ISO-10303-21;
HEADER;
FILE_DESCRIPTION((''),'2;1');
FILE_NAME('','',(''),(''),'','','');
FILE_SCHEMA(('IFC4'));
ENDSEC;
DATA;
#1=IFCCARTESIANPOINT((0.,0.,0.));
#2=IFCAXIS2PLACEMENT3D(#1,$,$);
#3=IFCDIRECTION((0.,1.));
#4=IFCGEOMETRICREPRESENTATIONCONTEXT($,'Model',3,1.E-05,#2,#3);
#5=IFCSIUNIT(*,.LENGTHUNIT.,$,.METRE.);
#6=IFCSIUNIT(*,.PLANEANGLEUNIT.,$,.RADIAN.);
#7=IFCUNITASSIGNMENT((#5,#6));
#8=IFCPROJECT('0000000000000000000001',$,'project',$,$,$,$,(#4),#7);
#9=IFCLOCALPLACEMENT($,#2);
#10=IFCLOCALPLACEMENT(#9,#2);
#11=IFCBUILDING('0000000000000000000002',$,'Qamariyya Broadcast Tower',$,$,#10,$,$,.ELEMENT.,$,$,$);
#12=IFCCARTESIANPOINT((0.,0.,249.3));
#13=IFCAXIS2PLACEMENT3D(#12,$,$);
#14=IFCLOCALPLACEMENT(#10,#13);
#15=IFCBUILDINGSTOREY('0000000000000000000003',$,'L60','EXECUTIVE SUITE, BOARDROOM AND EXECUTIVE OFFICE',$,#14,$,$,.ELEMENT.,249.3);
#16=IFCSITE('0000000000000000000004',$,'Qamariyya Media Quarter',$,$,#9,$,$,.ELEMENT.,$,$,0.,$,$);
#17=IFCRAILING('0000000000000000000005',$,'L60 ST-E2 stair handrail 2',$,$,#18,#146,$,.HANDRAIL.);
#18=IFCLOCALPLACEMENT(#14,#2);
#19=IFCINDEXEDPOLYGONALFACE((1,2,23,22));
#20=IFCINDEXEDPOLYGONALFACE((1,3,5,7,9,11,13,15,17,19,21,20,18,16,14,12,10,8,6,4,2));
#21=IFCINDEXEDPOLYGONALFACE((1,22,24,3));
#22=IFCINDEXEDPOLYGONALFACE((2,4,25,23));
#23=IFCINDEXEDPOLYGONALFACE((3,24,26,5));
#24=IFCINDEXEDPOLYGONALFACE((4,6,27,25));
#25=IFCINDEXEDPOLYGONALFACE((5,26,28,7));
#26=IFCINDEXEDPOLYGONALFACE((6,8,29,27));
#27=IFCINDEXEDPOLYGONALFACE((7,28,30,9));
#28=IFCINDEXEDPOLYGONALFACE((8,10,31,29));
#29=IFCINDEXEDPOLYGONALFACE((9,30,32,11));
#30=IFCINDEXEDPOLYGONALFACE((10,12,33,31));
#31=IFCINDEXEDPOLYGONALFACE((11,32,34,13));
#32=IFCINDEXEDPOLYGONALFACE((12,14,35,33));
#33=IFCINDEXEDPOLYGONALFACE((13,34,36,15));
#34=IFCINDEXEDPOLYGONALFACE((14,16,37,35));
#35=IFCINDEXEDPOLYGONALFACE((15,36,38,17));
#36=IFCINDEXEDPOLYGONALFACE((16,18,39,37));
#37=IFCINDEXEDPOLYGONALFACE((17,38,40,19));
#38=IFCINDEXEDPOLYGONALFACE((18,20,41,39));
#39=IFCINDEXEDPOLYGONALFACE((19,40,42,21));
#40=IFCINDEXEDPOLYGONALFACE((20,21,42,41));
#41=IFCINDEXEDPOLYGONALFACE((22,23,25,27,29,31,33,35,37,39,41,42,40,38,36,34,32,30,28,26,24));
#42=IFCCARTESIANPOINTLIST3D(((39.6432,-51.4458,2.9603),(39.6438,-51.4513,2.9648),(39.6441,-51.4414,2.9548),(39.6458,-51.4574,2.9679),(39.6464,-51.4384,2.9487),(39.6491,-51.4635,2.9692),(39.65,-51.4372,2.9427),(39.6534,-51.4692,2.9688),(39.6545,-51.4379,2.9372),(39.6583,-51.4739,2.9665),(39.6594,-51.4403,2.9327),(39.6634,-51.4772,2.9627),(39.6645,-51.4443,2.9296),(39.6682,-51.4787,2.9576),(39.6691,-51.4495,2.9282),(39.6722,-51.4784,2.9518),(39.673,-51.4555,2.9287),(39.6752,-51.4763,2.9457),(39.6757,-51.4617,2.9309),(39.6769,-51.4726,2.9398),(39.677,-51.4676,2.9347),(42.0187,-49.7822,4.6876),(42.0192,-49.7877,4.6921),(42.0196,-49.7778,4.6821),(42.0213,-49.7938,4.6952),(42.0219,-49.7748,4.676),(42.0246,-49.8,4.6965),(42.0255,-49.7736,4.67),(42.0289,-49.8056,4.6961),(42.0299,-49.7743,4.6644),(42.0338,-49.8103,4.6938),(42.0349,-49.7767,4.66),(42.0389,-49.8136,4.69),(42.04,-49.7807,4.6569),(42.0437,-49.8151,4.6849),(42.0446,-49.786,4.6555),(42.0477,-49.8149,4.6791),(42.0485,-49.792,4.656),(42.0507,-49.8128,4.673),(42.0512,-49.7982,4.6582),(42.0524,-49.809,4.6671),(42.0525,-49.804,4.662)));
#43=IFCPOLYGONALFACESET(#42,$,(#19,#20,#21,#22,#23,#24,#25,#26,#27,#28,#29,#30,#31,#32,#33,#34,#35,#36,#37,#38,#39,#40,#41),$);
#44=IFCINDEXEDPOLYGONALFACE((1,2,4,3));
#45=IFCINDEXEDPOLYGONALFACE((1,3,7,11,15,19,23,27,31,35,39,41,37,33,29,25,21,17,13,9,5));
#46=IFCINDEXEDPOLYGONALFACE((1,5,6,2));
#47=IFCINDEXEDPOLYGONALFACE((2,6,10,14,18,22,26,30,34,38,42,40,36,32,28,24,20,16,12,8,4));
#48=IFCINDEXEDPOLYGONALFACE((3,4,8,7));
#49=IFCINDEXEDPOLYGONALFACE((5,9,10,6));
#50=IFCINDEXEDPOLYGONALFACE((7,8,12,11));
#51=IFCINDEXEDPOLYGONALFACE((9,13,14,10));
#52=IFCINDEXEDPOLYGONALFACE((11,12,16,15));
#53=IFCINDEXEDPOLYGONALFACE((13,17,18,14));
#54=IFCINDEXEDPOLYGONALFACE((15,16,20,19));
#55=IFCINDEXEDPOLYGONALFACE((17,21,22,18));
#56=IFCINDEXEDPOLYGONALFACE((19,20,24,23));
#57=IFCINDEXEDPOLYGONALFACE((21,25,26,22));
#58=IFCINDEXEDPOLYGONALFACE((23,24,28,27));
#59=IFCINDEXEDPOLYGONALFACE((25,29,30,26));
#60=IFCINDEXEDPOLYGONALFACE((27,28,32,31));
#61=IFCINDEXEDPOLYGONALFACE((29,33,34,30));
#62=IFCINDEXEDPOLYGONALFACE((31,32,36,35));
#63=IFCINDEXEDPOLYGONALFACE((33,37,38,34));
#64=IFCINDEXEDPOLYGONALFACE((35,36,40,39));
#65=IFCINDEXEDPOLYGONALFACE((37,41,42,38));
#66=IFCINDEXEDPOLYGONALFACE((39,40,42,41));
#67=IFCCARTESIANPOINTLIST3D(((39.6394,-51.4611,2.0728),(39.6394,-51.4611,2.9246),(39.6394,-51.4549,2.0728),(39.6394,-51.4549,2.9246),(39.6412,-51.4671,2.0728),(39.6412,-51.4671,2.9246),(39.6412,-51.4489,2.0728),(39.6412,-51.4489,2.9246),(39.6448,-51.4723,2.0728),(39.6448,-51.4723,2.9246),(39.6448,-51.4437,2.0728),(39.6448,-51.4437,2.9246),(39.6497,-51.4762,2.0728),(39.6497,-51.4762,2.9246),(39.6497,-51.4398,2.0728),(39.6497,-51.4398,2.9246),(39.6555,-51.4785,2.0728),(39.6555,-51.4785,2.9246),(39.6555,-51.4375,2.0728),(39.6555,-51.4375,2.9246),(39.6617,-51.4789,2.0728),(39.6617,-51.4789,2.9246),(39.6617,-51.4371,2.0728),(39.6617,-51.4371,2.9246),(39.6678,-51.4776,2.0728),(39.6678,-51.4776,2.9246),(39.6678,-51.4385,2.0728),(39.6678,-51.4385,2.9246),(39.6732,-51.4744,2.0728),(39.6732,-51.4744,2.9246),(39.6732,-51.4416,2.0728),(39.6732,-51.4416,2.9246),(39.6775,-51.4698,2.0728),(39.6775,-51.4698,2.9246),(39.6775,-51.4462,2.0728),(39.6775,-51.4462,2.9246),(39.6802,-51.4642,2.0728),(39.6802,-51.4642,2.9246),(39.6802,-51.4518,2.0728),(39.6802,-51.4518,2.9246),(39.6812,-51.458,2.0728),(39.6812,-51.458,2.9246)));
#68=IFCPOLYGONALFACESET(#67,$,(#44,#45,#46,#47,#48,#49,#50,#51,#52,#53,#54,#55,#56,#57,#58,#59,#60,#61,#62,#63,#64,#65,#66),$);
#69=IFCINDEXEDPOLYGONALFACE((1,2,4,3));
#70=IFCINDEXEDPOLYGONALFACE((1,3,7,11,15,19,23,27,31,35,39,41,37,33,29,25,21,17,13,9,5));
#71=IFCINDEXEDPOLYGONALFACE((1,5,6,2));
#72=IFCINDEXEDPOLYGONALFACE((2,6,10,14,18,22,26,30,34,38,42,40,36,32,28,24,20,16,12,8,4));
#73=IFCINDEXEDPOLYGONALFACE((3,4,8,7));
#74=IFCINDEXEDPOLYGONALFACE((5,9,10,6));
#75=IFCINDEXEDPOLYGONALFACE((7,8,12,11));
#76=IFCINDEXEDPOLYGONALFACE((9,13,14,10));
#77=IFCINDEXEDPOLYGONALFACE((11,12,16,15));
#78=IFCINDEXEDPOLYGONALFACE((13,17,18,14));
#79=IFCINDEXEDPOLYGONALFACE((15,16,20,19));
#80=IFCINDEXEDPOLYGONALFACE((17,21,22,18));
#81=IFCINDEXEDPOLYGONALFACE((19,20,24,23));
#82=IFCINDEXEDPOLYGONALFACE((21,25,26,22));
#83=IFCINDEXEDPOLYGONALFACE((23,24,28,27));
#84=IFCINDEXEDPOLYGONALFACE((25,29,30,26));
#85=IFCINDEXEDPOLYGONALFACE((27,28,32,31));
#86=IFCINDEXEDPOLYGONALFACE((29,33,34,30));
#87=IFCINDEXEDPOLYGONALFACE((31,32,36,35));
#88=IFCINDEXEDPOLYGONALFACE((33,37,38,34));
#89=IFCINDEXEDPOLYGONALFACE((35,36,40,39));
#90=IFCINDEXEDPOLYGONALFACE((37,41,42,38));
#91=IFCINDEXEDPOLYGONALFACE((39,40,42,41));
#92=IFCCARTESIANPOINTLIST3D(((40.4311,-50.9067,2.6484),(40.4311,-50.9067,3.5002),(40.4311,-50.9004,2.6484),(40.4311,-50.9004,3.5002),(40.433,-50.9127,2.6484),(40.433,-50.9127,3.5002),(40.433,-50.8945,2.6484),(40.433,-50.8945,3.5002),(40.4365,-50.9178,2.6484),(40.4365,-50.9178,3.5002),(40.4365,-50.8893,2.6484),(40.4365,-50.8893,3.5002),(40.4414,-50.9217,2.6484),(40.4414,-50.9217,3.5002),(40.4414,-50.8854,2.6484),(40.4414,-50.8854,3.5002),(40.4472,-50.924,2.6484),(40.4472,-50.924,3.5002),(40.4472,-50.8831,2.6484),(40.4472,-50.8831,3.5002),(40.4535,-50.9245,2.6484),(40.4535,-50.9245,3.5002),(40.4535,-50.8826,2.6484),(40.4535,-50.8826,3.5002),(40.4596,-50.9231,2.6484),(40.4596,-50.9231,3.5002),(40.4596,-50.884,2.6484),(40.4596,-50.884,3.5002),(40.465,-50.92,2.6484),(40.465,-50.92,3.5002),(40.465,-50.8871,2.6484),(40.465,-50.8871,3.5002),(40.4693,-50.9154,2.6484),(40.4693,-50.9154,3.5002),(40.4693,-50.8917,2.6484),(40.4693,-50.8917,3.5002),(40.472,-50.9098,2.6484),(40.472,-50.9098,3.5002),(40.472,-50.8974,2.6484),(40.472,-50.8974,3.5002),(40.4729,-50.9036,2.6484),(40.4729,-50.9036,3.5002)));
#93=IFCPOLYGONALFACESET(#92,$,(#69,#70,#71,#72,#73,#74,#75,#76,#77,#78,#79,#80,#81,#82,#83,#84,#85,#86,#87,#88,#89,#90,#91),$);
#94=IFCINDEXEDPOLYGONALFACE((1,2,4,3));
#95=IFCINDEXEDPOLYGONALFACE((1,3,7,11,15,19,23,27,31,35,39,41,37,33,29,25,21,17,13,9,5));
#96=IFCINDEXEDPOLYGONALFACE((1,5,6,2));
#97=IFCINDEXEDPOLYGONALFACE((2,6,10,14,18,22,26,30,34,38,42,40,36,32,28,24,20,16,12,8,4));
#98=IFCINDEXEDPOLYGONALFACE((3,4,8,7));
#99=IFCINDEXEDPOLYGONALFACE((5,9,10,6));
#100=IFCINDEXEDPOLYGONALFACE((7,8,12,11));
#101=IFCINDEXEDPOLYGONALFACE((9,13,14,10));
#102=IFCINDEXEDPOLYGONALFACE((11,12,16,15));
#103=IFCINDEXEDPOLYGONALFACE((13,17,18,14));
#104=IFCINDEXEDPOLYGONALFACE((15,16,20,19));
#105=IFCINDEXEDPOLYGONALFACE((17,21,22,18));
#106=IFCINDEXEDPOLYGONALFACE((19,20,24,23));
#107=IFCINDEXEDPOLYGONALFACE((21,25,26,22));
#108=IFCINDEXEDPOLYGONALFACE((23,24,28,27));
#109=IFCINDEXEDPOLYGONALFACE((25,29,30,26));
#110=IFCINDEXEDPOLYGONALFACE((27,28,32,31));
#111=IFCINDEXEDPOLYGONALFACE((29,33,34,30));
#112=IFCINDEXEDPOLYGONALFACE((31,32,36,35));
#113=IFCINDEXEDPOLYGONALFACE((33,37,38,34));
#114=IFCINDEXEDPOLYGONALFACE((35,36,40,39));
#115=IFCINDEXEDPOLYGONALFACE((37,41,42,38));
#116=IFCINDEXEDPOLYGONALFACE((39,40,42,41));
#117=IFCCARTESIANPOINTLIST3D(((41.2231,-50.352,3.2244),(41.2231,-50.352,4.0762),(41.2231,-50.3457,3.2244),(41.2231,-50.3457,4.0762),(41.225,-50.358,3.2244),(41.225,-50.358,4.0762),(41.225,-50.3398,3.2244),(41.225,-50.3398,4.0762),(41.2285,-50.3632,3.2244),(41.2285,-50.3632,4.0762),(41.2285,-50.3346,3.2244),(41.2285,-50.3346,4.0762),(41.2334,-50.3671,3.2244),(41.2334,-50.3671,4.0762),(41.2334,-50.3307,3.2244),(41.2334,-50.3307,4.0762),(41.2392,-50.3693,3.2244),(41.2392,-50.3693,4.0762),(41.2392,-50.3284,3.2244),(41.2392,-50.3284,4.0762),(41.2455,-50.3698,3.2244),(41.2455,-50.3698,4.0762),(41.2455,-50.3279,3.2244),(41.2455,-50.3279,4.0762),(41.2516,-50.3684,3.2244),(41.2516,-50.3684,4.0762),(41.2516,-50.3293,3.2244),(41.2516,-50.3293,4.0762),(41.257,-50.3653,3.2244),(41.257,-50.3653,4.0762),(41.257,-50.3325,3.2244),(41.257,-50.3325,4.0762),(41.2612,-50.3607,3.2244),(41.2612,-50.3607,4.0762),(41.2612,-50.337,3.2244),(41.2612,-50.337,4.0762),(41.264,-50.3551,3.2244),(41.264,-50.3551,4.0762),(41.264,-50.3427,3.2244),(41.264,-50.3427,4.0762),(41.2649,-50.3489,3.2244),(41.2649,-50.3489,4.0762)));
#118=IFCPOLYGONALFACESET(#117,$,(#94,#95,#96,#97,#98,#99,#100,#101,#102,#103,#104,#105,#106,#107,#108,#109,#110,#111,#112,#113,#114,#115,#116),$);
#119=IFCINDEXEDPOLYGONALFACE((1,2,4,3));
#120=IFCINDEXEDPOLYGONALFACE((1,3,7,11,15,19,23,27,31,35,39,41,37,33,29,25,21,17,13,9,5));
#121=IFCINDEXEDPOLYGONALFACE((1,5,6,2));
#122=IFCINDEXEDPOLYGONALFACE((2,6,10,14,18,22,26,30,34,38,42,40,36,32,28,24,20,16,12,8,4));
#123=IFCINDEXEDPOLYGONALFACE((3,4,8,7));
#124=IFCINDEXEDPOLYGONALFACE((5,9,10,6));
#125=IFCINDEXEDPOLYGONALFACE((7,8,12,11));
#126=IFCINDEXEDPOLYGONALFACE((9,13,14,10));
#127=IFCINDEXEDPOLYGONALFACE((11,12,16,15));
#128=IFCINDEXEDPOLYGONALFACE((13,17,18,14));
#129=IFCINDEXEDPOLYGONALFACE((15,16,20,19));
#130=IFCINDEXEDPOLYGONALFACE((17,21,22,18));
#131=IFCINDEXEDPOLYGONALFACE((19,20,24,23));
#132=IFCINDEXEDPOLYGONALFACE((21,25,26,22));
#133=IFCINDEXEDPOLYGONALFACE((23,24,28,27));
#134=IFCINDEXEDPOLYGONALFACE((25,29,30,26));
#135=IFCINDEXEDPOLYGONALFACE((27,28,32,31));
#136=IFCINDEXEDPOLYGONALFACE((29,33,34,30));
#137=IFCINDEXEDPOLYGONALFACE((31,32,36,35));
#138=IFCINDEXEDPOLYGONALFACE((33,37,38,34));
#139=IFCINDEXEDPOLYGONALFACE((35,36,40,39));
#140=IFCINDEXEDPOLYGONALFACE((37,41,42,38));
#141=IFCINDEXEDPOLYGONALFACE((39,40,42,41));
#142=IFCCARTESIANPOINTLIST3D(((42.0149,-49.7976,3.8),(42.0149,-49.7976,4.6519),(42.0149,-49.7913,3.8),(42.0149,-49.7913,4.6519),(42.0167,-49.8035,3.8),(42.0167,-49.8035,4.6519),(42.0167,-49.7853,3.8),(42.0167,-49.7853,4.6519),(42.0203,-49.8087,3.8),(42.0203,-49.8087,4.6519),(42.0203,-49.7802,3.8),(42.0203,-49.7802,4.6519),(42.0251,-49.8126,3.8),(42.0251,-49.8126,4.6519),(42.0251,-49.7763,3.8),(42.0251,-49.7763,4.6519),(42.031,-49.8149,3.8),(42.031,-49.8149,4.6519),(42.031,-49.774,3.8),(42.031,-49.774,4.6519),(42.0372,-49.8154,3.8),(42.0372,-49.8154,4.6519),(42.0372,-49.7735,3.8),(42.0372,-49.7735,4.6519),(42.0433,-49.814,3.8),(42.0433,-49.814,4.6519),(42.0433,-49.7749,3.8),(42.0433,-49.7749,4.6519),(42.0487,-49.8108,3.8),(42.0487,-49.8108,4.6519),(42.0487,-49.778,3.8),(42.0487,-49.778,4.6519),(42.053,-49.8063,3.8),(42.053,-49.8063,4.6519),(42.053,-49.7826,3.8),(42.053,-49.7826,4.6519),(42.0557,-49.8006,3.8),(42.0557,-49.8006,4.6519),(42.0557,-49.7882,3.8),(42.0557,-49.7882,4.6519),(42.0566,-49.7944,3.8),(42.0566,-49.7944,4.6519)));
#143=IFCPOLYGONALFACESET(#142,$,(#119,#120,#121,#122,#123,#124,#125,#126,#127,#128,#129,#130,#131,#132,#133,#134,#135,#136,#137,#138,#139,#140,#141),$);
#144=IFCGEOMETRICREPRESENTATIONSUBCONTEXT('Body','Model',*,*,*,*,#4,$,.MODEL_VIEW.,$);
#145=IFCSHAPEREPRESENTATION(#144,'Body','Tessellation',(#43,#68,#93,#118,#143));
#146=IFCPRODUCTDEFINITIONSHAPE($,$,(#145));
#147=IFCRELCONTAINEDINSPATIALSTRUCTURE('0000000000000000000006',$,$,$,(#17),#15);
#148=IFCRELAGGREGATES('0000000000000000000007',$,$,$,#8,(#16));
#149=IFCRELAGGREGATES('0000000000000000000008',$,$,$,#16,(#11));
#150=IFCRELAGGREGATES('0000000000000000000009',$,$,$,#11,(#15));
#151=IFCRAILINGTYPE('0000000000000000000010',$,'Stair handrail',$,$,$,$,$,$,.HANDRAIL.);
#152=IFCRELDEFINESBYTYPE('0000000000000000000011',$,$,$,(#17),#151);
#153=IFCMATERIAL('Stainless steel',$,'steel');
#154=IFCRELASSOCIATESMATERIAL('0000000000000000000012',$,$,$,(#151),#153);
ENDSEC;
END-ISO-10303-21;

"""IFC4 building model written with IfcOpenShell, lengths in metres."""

from ifc_helpers import new_model, si_unit, direction, frame, origin, origin_2d, place, context, subcontext, project, spatial, circle, extrude, material, type_object, element, save


model = new_model("IFC4")

# Units and contexts
model_context = context("Model", 3, precision=1e-05, world=origin(), true_north=direction((0.0, 1.0)))
body_context = subcontext(model_context, "Body", "Model", "MODEL_VIEW")
ifc_project = project(units=[si_unit("LENGTHUNIT", "METRE"), si_unit("PLANEANGLEUNIT", "RADIAN")], contexts=[model_context])

# Site, building, storey
site_placement = place(None, origin())
site = spatial("IfcSite", under=ifc_project, at=site_placement, Name="Qamariyya Media Quarter", CompositionType="ELEMENT", RefElevation=0.0)
building_placement = place(site_placement, origin())
building = spatial("IfcBuilding", under=site, at=building_placement, Name="Qamariyya Broadcast Tower", CompositionType="ELEMENT")
storey_placement = place(building_placement, frame((0.0, 0.0, 249.3)))
storey = spatial("IfcBuildingStorey", under=building, at=storey_placement, Name="L60", Description="EXECUTIVE SUITE, BOARDROOM AND EXECUTIVE OFFICE", CompositionType="ELEMENT", Elevation=249.3)

# Railing
ifc_material_1 = material(Name="Stainless steel", Category="steel")
railing_type_1 = type_object("IfcRailingType", Name="Stair handrail", PredefinedType="HANDRAIL", material=ifc_material_1)
railing_1_placement = place(storey_placement, frame((39.6602, -51.458, 2.0728)))
element("IfcRailing", 1, at=railing_1_placement, inside=storey, type_object=railing_type_1, Name="L60 ST-E2 stair handrail 2", PredefinedType="HANDRAIL", context=body_context, shape_type="SweptSolid", body=[
    extrude(circle(Radius=0.0239, at=origin_2d()), frame((0.0, 0.0, 0.876), z_axis=(0.703745, 0.492838, 0.511716), x_axis=(-0.573632, 0.819113, 0.0)), (0.0, 0.0, 1.0), 3.3755),
    extrude(circle(Radius=0.021, at=origin_2d()), origin(), (0.0, 0.0, 1.0), 0.8518),
    extrude(circle(Radius=0.021, at=origin_2d()), frame((0.7917, 0.5544, 0.5757)), (0.0, 0.0, 1.0), 0.8518),
    extrude(circle(Radius=0.021, at=origin_2d()), frame((1.5837, 1.1091, 1.1516)), (0.0, 0.0, 1.0), 0.8518),
    extrude(circle(Radius=0.021, at=origin_2d()), frame((2.3755, 1.6636, 1.7273)), (0.0, 0.0, 1.0), 0.8518),
])

save(model, "model.ifc")
